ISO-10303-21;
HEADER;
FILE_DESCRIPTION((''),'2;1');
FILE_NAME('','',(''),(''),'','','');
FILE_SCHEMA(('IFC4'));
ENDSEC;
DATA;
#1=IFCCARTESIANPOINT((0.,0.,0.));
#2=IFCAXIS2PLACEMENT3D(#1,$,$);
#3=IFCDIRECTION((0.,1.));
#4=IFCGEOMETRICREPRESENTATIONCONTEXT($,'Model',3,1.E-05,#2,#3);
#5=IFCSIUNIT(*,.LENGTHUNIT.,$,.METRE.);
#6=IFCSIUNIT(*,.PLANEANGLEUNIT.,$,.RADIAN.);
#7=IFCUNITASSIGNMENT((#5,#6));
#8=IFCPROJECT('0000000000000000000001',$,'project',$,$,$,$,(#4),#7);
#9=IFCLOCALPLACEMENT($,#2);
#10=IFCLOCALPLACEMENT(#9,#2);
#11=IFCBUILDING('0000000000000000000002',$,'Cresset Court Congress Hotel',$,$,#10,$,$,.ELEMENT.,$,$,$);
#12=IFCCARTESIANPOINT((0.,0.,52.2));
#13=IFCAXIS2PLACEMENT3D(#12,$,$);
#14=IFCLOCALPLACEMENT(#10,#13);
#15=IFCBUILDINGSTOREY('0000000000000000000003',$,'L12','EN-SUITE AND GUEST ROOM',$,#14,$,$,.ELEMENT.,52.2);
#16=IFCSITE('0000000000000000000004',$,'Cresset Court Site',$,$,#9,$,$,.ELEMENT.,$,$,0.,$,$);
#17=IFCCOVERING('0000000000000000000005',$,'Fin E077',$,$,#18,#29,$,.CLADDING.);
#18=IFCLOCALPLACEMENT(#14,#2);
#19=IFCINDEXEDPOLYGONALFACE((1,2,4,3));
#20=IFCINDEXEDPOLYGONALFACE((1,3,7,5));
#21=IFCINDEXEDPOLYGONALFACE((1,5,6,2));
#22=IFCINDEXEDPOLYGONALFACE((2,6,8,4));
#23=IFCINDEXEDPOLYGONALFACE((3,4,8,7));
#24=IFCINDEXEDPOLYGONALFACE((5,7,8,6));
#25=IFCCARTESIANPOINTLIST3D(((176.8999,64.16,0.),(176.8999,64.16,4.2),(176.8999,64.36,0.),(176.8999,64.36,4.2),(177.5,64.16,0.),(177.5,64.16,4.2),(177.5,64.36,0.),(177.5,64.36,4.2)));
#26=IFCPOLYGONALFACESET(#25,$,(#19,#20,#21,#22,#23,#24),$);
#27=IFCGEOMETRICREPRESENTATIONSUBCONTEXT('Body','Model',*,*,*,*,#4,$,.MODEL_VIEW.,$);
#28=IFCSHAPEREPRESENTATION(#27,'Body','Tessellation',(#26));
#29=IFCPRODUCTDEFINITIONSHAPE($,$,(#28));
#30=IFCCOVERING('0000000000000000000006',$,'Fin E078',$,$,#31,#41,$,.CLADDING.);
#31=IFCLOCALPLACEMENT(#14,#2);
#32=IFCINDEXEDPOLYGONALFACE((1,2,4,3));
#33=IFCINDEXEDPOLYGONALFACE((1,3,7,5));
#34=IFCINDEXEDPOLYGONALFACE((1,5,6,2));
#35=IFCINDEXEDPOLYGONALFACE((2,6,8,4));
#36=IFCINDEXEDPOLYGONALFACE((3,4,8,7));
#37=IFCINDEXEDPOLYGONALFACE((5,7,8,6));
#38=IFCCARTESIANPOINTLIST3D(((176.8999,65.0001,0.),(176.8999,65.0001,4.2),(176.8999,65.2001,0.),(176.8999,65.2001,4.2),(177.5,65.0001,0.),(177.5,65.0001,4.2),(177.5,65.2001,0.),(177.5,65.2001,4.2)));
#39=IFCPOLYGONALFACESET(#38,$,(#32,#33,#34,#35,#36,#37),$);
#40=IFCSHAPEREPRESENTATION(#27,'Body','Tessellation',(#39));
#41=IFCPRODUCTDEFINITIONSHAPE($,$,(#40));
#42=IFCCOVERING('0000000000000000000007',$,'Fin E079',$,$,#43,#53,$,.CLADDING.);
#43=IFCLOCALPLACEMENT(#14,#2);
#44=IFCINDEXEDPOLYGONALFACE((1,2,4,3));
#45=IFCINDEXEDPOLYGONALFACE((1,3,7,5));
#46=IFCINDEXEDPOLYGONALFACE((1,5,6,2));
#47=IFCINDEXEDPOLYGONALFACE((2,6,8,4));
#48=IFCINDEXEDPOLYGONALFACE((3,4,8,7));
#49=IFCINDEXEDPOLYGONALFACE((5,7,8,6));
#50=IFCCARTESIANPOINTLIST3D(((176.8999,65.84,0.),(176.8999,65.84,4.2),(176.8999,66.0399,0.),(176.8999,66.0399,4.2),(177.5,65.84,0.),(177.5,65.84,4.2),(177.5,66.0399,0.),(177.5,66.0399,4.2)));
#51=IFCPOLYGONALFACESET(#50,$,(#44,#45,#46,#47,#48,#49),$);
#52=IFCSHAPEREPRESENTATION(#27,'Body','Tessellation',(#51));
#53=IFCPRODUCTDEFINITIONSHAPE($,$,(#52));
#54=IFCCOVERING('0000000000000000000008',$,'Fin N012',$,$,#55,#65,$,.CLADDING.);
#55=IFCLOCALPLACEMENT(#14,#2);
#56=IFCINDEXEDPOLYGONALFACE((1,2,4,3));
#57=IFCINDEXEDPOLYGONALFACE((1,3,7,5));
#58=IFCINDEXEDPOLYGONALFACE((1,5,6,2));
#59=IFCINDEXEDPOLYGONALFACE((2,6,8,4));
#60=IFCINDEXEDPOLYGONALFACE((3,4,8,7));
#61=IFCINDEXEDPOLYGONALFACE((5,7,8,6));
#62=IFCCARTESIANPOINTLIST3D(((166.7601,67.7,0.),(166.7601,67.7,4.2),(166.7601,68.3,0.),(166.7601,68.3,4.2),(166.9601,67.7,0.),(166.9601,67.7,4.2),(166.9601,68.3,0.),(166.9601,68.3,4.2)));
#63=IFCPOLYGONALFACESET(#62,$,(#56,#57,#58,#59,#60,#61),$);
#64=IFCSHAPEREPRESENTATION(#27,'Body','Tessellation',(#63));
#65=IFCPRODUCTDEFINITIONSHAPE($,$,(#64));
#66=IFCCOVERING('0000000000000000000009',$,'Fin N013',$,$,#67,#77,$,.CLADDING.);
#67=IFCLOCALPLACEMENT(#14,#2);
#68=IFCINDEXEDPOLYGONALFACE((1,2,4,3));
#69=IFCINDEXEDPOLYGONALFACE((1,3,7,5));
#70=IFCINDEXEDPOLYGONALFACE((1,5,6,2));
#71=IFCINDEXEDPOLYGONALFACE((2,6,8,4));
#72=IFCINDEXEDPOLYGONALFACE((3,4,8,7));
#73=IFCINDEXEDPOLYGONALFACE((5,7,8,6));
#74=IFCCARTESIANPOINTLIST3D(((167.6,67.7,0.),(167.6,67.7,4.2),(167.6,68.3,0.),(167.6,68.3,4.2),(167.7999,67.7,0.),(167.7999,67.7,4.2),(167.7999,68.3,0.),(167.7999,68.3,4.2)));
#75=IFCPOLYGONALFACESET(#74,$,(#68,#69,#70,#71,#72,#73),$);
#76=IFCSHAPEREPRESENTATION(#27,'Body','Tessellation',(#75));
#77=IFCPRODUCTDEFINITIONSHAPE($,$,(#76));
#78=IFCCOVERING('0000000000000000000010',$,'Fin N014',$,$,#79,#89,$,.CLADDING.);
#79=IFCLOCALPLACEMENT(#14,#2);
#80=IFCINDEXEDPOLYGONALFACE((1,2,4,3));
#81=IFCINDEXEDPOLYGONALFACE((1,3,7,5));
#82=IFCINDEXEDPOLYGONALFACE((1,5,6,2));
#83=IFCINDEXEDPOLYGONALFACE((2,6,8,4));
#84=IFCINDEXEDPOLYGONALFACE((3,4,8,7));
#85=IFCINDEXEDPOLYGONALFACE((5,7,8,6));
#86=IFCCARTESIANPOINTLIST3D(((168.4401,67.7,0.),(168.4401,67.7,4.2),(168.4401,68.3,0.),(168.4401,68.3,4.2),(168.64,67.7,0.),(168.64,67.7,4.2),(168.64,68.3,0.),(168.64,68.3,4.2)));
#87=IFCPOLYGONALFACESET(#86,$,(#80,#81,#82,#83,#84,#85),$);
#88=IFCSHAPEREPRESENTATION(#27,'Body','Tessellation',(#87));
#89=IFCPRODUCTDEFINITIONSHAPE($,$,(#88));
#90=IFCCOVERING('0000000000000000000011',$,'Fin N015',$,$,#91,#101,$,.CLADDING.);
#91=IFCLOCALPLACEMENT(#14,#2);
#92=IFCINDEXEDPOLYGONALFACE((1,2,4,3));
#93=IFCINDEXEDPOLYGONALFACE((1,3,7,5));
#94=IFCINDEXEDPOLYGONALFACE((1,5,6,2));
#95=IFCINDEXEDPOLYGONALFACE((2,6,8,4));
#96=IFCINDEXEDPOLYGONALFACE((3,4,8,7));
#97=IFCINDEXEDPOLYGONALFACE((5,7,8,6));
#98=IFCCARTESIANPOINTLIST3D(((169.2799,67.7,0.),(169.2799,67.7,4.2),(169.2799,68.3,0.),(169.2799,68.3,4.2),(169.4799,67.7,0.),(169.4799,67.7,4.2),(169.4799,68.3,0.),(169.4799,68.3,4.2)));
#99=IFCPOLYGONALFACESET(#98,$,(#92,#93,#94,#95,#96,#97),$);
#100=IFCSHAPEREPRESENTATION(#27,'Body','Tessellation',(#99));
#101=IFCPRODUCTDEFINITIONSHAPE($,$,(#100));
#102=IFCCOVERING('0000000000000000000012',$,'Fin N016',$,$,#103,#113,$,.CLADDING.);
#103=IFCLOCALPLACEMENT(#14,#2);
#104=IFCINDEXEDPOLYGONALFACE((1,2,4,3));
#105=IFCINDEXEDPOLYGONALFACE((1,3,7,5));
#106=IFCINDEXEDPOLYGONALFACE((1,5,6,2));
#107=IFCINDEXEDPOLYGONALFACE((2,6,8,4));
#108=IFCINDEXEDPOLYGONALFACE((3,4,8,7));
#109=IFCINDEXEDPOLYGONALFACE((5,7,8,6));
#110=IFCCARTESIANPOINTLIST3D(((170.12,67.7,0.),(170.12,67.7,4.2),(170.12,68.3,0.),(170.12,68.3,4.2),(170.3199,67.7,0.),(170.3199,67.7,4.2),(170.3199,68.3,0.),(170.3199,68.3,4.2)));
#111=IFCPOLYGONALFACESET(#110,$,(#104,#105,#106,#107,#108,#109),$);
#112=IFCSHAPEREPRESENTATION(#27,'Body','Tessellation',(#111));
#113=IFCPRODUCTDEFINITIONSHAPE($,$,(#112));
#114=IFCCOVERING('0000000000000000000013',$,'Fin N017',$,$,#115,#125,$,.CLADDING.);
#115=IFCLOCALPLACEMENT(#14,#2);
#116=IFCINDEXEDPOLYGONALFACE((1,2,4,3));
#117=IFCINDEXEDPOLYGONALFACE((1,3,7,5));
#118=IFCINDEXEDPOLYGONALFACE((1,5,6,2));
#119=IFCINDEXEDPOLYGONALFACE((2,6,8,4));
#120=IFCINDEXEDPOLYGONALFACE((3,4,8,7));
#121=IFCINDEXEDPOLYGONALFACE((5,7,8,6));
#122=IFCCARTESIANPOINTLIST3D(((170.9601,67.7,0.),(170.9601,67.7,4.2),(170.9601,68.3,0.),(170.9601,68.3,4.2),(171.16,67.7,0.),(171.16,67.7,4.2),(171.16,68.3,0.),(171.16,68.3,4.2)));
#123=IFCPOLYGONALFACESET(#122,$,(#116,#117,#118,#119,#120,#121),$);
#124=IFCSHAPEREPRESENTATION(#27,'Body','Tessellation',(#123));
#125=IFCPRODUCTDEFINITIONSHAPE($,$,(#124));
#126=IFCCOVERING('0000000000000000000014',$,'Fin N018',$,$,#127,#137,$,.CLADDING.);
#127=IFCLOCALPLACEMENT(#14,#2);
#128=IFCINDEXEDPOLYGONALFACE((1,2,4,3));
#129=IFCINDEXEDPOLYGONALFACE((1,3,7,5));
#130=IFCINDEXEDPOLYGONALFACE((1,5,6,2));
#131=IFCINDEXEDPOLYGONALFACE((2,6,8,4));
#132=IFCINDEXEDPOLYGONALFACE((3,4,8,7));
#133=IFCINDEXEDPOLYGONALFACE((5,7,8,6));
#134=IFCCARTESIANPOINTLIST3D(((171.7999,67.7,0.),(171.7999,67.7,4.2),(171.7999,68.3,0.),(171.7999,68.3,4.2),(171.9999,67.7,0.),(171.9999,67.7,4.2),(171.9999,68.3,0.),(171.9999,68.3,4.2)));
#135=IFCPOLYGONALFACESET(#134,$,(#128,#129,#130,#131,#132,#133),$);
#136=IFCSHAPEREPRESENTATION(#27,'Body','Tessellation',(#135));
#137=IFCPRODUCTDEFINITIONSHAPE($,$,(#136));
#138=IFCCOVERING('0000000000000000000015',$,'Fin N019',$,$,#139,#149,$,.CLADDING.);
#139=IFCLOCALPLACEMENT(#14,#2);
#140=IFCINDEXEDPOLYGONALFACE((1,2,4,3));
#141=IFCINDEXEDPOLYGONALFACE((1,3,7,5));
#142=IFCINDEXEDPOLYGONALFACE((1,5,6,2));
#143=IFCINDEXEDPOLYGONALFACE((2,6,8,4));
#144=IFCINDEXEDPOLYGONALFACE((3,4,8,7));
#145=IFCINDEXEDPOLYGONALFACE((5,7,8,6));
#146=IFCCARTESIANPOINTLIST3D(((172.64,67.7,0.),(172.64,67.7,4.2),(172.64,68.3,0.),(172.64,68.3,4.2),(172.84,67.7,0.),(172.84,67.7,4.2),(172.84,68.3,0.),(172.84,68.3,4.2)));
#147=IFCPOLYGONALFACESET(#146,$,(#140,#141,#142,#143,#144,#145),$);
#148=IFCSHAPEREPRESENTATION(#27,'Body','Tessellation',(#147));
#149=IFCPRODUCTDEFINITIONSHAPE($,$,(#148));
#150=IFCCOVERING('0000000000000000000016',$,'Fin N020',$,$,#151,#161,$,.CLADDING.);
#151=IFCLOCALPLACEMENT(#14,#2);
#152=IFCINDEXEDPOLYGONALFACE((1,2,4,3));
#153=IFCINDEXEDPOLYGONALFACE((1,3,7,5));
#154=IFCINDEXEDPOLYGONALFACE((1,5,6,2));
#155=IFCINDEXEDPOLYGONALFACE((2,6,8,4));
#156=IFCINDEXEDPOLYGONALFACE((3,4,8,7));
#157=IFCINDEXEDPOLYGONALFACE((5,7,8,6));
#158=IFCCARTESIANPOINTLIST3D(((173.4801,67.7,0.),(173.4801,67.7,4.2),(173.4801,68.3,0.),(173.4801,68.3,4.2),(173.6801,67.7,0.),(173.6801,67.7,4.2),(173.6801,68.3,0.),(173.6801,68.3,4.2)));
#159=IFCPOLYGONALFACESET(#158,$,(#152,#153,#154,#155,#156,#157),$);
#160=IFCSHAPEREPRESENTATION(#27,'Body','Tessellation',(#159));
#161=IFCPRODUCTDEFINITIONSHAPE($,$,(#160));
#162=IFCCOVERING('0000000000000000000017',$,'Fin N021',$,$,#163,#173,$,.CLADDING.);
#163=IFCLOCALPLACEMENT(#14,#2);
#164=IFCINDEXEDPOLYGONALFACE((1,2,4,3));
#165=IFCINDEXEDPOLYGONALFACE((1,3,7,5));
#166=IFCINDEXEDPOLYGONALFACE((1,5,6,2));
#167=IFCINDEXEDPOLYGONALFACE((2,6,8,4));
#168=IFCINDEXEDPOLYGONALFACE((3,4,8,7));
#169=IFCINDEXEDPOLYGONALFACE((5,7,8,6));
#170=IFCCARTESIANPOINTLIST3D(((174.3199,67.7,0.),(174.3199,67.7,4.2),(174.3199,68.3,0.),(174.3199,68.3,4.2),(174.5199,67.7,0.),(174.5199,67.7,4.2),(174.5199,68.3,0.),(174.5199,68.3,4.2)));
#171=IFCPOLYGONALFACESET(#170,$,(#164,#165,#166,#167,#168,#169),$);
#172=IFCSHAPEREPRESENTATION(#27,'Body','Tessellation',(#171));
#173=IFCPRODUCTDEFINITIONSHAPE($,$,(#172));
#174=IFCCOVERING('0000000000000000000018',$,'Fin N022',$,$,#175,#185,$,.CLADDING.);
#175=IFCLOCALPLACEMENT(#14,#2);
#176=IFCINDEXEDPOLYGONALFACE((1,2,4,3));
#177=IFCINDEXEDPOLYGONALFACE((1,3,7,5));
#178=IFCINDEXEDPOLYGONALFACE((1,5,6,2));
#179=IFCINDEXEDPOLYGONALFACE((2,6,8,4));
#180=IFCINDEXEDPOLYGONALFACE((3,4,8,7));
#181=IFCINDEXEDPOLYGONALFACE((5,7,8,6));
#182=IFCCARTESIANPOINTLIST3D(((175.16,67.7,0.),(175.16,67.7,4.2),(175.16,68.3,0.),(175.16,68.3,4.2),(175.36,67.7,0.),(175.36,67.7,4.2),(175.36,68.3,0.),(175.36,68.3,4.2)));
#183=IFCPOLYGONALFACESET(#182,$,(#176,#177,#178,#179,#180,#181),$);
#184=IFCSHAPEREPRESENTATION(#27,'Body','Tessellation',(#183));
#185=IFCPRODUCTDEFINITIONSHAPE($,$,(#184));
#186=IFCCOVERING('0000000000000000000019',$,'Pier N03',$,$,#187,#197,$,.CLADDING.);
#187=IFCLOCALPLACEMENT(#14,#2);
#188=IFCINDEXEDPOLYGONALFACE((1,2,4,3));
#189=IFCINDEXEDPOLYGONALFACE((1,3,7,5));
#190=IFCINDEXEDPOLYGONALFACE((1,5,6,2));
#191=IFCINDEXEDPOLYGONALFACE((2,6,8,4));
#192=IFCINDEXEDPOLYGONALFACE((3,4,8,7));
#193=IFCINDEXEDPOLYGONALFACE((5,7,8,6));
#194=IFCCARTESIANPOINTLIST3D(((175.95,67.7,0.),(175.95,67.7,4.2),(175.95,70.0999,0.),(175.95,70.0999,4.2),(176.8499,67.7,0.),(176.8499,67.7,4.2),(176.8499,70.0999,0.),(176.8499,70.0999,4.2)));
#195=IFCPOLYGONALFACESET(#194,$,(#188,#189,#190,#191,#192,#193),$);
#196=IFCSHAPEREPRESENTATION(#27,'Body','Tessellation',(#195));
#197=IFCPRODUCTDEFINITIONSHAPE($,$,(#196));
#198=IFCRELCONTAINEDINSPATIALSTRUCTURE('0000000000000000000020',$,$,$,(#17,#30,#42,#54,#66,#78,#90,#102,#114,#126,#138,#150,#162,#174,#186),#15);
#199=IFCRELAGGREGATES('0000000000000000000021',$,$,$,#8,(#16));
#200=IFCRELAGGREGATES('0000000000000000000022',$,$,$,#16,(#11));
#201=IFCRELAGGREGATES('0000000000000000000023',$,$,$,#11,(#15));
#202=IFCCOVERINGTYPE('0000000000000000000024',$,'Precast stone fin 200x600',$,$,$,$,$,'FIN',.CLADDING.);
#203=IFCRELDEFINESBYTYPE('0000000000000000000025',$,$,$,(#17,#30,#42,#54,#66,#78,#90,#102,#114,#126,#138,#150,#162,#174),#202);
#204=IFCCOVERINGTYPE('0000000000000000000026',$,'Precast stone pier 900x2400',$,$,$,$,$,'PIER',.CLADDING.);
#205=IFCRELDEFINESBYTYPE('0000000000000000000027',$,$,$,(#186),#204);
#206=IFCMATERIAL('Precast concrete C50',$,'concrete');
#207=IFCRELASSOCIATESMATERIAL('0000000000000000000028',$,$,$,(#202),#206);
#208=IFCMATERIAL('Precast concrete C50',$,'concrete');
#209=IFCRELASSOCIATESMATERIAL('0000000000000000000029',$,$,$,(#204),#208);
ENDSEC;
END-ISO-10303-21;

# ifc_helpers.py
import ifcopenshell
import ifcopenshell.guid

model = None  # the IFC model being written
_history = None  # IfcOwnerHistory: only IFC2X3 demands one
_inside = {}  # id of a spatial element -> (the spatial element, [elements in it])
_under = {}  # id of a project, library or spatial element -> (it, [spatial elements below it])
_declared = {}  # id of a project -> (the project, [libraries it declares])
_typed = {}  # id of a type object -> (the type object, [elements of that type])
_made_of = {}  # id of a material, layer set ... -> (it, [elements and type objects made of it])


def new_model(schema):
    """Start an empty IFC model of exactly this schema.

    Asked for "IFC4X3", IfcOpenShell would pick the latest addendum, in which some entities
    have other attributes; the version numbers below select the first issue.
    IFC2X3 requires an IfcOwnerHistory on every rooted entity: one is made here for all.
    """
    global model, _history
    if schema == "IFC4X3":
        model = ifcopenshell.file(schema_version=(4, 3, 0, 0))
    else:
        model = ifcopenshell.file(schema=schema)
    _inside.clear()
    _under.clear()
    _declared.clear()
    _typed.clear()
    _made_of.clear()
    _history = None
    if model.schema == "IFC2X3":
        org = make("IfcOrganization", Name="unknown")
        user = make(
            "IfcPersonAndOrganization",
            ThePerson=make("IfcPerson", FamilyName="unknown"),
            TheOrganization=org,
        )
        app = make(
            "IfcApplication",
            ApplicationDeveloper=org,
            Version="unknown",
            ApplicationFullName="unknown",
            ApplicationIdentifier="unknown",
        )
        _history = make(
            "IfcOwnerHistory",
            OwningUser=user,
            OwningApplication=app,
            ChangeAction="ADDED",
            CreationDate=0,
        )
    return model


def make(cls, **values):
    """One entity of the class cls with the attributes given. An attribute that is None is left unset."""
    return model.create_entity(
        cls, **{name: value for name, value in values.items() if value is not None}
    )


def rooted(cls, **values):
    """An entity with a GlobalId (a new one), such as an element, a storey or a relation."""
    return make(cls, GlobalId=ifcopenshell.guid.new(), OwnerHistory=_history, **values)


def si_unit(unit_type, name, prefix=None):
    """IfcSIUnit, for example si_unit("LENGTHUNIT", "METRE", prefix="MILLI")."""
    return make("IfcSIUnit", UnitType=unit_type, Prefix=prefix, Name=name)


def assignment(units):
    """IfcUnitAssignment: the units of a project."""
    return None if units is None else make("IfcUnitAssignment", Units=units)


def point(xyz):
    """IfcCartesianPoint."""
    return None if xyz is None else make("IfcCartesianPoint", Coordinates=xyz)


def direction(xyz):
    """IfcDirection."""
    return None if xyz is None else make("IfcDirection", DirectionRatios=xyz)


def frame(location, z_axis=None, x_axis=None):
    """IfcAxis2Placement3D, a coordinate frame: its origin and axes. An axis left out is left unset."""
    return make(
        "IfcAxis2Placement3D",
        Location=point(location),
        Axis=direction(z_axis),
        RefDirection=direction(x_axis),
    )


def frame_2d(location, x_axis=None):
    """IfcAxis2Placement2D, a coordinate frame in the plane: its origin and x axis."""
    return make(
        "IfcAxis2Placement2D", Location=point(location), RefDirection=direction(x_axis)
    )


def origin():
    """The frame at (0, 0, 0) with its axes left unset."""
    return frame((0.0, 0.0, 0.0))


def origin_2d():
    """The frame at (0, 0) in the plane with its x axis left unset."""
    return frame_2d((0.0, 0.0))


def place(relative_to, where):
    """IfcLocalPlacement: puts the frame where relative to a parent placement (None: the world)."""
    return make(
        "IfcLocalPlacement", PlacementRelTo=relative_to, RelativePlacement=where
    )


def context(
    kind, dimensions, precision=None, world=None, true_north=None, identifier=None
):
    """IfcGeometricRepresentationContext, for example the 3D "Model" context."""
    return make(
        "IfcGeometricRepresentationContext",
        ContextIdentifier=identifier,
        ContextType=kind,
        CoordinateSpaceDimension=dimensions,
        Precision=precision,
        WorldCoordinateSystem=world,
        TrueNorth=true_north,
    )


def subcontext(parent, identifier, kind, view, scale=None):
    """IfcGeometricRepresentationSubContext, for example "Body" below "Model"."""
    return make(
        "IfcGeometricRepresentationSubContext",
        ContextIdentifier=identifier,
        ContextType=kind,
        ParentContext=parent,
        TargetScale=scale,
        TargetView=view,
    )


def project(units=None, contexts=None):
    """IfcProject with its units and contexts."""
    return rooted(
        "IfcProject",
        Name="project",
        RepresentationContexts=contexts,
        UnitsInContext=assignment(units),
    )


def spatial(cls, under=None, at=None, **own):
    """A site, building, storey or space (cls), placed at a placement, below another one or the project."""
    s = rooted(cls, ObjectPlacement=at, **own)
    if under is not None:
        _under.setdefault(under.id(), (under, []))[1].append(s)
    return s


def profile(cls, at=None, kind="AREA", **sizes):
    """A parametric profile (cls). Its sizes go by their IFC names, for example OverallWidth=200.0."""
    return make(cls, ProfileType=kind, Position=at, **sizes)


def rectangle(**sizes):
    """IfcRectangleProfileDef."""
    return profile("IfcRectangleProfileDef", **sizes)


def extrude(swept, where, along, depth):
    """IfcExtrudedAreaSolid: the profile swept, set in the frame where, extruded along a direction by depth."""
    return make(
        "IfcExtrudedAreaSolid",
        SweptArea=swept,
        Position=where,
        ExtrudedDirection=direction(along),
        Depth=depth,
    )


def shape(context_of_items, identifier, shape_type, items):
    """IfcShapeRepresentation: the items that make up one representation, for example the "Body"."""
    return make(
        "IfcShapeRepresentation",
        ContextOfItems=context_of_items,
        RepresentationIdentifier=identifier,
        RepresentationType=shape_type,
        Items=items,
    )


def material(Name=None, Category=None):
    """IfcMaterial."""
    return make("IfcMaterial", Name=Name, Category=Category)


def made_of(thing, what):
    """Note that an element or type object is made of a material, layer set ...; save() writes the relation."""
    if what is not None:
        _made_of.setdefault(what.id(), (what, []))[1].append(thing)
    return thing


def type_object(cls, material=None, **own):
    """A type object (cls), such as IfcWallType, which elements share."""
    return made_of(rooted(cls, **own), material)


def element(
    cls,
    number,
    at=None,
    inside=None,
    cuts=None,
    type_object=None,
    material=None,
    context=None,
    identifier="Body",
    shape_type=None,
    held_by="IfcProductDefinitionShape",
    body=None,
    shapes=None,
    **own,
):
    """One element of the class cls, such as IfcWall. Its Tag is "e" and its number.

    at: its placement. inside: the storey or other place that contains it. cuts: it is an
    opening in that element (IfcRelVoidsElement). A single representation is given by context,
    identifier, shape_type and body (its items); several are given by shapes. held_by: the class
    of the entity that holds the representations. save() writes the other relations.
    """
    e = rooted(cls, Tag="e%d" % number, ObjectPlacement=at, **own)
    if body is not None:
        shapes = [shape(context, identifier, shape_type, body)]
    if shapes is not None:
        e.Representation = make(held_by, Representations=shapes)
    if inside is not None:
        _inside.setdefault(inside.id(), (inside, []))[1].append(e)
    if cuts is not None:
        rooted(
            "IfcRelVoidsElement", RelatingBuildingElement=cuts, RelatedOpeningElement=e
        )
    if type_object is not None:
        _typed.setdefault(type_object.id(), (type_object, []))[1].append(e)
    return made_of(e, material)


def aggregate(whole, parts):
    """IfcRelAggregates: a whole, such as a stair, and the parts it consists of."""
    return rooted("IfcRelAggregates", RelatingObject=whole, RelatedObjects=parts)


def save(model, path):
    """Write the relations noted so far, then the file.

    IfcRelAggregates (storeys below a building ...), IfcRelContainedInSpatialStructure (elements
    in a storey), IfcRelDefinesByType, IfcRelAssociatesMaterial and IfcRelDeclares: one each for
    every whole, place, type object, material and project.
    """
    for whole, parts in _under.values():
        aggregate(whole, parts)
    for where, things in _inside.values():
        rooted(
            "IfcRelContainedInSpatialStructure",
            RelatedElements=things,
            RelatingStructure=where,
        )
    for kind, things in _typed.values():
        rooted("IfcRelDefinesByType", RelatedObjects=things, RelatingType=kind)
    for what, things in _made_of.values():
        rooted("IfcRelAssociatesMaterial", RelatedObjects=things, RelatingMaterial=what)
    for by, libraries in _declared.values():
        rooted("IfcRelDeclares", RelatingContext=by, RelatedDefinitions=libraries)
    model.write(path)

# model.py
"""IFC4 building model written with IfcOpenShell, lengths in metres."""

from ifc_helpers import new_model, si_unit, direction, frame, origin, origin_2d, place, context, subcontext, project, spatial, rectangle, extrude, material, type_object, element, save


model = new_model("IFC4")

# Units and contexts
model_context = context("Model", 3, precision=1e-05, world=origin(), true_north=direction((0.0, 1.0)))
body_context = subcontext(model_context, "Body", "Model", "MODEL_VIEW")
ifc_project = project(units=[si_unit("LENGTHUNIT", "METRE"), si_unit("PLANEANGLEUNIT", "RADIAN")], contexts=[model_context])

# Site, building, storey
site_placement = place(None, origin())
site = spatial("IfcSite", under=ifc_project, at=site_placement, Name="Cresset Court Site", CompositionType="ELEMENT", RefElevation=0.0)
building_placement = place(site_placement, origin())
building = spatial("IfcBuilding", under=site, at=building_placement, Name="Cresset Court Congress Hotel", CompositionType="ELEMENT")
storey_placement = place(building_placement, frame((0.0, 0.0, 52.2)))
storey = spatial("IfcBuildingStorey", under=building, at=storey_placement, Name="L12", Description="EN-SUITE AND GUEST ROOM", CompositionType="ELEMENT", Elevation=52.2)

# Coverings
ifc_material_1 = material(Name="Precast concrete C50", Category="concrete")
covering_type_1 = type_object("IfcCoveringType", Name="Precast stone fin 200x600", ElementType="FIN", PredefinedType="CLADDING", material=ifc_material_1)
for number, where, z_axis, x_axis, name in (
    (1, (177.2, 64.26, 0.0), (0.0, 0.0, 1.0), (1.0, 0.0, 0.0), "Fin E077"),
    (2, (177.2, 65.1001, 0.0), (0.0, 0.0, 1.0), (1.0, 0.0, 0.0), "Fin E078"),
    (3, (177.2, 65.9399, 0.0), (0.0, 0.0, 1.0), (1.0, 0.0, 0.0), "Fin E079"),
):
    element("IfcCovering", number, at=place(storey_placement, frame(where, z_axis=z_axis, x_axis=x_axis)), inside=storey, type_object=covering_type_1, Name=name, PredefinedType="CLADDING", context=body_context, shape_type="SweptSolid", body=[
        extrude(rectangle(XDim=0.6001, YDim=0.2, at=origin_2d()), origin(), (0.0, 0.0, 1.0), 4.2),
    ])
for number, where, z_axis, x_axis, name in (
    (4, (166.8601, 68.0, 0.0), (0.0, 0.0, 1.0), (1.0, 0.0, 0.0), "Fin N012"),
    (5, (167.7, 68.0, 0.0), (0.0, 0.0, 1.0), (1.0, 0.0, 0.0), "Fin N013"),
    (6, (168.54, 68.0, 0.0), (0.0, 0.0, 1.0), (1.0, 0.0, 0.0), "Fin N014"),
    (7, (169.3799, 68.0, 0.0), (0.0, 0.0, 1.0), (1.0, 0.0, 0.0), "Fin N015"),
    (8, (170.22, 68.0, 0.0), (0.0, 0.0, 1.0), (1.0, 0.0, 0.0), "Fin N016"),
    (9, (171.0601, 68.0, 0.0), (0.0, 0.0, 1.0), (1.0, 0.0, 0.0), "Fin N017"),
    (10, (171.8999, 68.0, 0.0), (0.0, 0.0, 1.0), (1.0, 0.0, 0.0), "Fin N018"),
    (11, (172.74, 68.0, 0.0), (0.0, 0.0, 1.0), (1.0, 0.0, 0.0), "Fin N019"),
    (12, (173.5801, 68.0, 0.0), (0.0, 0.0, 1.0), (1.0, 0.0, 0.0), "Fin N020"),
    (13, (174.4199, 68.0, 0.0), (0.0, 0.0, 1.0), (1.0, 0.0, 0.0), "Fin N021"),
    (14, (175.26, 68.0, 0.0), (0.0, 0.0, 1.0), (1.0, 0.0, 0.0), "Fin N022"),
):
    element("IfcCovering", number, at=place(storey_placement, frame(where, z_axis=z_axis, x_axis=x_axis)), inside=storey, type_object=covering_type_1, Name=name, PredefinedType="CLADDING", context=body_context, shape_type="SweptSolid", body=[
        extrude(rectangle(XDim=0.2, YDim=0.6001, at=origin_2d()), origin(), (0.0, 0.0, 1.0), 4.2),
    ])
ifc_material_2 = material(Name="Precast concrete C50", Category="concrete")
covering_type_2 = type_object("IfcCoveringType", Name="Precast stone pier 900x2400", ElementType="PIER", PredefinedType="CLADDING", material=ifc_material_2)
covering_placement = place(storey_placement, frame((176.3999, 68.8999, 0.0), z_axis=(0.0, 0.0, 1.0), x_axis=(1.0, 0.0, 0.0)))
element("IfcCovering", 15, at=covering_placement, inside=storey, type_object=covering_type_2, Name="Pier N03", PredefinedType="CLADDING", context=body_context, shape_type="SweptSolid", body=[
    extrude(rectangle(XDim=0.8999, YDim=2.3999, at=origin_2d()), origin(), (0.0, 0.0, 1.0), 4.2),
])

save(model, "model.ifc")
